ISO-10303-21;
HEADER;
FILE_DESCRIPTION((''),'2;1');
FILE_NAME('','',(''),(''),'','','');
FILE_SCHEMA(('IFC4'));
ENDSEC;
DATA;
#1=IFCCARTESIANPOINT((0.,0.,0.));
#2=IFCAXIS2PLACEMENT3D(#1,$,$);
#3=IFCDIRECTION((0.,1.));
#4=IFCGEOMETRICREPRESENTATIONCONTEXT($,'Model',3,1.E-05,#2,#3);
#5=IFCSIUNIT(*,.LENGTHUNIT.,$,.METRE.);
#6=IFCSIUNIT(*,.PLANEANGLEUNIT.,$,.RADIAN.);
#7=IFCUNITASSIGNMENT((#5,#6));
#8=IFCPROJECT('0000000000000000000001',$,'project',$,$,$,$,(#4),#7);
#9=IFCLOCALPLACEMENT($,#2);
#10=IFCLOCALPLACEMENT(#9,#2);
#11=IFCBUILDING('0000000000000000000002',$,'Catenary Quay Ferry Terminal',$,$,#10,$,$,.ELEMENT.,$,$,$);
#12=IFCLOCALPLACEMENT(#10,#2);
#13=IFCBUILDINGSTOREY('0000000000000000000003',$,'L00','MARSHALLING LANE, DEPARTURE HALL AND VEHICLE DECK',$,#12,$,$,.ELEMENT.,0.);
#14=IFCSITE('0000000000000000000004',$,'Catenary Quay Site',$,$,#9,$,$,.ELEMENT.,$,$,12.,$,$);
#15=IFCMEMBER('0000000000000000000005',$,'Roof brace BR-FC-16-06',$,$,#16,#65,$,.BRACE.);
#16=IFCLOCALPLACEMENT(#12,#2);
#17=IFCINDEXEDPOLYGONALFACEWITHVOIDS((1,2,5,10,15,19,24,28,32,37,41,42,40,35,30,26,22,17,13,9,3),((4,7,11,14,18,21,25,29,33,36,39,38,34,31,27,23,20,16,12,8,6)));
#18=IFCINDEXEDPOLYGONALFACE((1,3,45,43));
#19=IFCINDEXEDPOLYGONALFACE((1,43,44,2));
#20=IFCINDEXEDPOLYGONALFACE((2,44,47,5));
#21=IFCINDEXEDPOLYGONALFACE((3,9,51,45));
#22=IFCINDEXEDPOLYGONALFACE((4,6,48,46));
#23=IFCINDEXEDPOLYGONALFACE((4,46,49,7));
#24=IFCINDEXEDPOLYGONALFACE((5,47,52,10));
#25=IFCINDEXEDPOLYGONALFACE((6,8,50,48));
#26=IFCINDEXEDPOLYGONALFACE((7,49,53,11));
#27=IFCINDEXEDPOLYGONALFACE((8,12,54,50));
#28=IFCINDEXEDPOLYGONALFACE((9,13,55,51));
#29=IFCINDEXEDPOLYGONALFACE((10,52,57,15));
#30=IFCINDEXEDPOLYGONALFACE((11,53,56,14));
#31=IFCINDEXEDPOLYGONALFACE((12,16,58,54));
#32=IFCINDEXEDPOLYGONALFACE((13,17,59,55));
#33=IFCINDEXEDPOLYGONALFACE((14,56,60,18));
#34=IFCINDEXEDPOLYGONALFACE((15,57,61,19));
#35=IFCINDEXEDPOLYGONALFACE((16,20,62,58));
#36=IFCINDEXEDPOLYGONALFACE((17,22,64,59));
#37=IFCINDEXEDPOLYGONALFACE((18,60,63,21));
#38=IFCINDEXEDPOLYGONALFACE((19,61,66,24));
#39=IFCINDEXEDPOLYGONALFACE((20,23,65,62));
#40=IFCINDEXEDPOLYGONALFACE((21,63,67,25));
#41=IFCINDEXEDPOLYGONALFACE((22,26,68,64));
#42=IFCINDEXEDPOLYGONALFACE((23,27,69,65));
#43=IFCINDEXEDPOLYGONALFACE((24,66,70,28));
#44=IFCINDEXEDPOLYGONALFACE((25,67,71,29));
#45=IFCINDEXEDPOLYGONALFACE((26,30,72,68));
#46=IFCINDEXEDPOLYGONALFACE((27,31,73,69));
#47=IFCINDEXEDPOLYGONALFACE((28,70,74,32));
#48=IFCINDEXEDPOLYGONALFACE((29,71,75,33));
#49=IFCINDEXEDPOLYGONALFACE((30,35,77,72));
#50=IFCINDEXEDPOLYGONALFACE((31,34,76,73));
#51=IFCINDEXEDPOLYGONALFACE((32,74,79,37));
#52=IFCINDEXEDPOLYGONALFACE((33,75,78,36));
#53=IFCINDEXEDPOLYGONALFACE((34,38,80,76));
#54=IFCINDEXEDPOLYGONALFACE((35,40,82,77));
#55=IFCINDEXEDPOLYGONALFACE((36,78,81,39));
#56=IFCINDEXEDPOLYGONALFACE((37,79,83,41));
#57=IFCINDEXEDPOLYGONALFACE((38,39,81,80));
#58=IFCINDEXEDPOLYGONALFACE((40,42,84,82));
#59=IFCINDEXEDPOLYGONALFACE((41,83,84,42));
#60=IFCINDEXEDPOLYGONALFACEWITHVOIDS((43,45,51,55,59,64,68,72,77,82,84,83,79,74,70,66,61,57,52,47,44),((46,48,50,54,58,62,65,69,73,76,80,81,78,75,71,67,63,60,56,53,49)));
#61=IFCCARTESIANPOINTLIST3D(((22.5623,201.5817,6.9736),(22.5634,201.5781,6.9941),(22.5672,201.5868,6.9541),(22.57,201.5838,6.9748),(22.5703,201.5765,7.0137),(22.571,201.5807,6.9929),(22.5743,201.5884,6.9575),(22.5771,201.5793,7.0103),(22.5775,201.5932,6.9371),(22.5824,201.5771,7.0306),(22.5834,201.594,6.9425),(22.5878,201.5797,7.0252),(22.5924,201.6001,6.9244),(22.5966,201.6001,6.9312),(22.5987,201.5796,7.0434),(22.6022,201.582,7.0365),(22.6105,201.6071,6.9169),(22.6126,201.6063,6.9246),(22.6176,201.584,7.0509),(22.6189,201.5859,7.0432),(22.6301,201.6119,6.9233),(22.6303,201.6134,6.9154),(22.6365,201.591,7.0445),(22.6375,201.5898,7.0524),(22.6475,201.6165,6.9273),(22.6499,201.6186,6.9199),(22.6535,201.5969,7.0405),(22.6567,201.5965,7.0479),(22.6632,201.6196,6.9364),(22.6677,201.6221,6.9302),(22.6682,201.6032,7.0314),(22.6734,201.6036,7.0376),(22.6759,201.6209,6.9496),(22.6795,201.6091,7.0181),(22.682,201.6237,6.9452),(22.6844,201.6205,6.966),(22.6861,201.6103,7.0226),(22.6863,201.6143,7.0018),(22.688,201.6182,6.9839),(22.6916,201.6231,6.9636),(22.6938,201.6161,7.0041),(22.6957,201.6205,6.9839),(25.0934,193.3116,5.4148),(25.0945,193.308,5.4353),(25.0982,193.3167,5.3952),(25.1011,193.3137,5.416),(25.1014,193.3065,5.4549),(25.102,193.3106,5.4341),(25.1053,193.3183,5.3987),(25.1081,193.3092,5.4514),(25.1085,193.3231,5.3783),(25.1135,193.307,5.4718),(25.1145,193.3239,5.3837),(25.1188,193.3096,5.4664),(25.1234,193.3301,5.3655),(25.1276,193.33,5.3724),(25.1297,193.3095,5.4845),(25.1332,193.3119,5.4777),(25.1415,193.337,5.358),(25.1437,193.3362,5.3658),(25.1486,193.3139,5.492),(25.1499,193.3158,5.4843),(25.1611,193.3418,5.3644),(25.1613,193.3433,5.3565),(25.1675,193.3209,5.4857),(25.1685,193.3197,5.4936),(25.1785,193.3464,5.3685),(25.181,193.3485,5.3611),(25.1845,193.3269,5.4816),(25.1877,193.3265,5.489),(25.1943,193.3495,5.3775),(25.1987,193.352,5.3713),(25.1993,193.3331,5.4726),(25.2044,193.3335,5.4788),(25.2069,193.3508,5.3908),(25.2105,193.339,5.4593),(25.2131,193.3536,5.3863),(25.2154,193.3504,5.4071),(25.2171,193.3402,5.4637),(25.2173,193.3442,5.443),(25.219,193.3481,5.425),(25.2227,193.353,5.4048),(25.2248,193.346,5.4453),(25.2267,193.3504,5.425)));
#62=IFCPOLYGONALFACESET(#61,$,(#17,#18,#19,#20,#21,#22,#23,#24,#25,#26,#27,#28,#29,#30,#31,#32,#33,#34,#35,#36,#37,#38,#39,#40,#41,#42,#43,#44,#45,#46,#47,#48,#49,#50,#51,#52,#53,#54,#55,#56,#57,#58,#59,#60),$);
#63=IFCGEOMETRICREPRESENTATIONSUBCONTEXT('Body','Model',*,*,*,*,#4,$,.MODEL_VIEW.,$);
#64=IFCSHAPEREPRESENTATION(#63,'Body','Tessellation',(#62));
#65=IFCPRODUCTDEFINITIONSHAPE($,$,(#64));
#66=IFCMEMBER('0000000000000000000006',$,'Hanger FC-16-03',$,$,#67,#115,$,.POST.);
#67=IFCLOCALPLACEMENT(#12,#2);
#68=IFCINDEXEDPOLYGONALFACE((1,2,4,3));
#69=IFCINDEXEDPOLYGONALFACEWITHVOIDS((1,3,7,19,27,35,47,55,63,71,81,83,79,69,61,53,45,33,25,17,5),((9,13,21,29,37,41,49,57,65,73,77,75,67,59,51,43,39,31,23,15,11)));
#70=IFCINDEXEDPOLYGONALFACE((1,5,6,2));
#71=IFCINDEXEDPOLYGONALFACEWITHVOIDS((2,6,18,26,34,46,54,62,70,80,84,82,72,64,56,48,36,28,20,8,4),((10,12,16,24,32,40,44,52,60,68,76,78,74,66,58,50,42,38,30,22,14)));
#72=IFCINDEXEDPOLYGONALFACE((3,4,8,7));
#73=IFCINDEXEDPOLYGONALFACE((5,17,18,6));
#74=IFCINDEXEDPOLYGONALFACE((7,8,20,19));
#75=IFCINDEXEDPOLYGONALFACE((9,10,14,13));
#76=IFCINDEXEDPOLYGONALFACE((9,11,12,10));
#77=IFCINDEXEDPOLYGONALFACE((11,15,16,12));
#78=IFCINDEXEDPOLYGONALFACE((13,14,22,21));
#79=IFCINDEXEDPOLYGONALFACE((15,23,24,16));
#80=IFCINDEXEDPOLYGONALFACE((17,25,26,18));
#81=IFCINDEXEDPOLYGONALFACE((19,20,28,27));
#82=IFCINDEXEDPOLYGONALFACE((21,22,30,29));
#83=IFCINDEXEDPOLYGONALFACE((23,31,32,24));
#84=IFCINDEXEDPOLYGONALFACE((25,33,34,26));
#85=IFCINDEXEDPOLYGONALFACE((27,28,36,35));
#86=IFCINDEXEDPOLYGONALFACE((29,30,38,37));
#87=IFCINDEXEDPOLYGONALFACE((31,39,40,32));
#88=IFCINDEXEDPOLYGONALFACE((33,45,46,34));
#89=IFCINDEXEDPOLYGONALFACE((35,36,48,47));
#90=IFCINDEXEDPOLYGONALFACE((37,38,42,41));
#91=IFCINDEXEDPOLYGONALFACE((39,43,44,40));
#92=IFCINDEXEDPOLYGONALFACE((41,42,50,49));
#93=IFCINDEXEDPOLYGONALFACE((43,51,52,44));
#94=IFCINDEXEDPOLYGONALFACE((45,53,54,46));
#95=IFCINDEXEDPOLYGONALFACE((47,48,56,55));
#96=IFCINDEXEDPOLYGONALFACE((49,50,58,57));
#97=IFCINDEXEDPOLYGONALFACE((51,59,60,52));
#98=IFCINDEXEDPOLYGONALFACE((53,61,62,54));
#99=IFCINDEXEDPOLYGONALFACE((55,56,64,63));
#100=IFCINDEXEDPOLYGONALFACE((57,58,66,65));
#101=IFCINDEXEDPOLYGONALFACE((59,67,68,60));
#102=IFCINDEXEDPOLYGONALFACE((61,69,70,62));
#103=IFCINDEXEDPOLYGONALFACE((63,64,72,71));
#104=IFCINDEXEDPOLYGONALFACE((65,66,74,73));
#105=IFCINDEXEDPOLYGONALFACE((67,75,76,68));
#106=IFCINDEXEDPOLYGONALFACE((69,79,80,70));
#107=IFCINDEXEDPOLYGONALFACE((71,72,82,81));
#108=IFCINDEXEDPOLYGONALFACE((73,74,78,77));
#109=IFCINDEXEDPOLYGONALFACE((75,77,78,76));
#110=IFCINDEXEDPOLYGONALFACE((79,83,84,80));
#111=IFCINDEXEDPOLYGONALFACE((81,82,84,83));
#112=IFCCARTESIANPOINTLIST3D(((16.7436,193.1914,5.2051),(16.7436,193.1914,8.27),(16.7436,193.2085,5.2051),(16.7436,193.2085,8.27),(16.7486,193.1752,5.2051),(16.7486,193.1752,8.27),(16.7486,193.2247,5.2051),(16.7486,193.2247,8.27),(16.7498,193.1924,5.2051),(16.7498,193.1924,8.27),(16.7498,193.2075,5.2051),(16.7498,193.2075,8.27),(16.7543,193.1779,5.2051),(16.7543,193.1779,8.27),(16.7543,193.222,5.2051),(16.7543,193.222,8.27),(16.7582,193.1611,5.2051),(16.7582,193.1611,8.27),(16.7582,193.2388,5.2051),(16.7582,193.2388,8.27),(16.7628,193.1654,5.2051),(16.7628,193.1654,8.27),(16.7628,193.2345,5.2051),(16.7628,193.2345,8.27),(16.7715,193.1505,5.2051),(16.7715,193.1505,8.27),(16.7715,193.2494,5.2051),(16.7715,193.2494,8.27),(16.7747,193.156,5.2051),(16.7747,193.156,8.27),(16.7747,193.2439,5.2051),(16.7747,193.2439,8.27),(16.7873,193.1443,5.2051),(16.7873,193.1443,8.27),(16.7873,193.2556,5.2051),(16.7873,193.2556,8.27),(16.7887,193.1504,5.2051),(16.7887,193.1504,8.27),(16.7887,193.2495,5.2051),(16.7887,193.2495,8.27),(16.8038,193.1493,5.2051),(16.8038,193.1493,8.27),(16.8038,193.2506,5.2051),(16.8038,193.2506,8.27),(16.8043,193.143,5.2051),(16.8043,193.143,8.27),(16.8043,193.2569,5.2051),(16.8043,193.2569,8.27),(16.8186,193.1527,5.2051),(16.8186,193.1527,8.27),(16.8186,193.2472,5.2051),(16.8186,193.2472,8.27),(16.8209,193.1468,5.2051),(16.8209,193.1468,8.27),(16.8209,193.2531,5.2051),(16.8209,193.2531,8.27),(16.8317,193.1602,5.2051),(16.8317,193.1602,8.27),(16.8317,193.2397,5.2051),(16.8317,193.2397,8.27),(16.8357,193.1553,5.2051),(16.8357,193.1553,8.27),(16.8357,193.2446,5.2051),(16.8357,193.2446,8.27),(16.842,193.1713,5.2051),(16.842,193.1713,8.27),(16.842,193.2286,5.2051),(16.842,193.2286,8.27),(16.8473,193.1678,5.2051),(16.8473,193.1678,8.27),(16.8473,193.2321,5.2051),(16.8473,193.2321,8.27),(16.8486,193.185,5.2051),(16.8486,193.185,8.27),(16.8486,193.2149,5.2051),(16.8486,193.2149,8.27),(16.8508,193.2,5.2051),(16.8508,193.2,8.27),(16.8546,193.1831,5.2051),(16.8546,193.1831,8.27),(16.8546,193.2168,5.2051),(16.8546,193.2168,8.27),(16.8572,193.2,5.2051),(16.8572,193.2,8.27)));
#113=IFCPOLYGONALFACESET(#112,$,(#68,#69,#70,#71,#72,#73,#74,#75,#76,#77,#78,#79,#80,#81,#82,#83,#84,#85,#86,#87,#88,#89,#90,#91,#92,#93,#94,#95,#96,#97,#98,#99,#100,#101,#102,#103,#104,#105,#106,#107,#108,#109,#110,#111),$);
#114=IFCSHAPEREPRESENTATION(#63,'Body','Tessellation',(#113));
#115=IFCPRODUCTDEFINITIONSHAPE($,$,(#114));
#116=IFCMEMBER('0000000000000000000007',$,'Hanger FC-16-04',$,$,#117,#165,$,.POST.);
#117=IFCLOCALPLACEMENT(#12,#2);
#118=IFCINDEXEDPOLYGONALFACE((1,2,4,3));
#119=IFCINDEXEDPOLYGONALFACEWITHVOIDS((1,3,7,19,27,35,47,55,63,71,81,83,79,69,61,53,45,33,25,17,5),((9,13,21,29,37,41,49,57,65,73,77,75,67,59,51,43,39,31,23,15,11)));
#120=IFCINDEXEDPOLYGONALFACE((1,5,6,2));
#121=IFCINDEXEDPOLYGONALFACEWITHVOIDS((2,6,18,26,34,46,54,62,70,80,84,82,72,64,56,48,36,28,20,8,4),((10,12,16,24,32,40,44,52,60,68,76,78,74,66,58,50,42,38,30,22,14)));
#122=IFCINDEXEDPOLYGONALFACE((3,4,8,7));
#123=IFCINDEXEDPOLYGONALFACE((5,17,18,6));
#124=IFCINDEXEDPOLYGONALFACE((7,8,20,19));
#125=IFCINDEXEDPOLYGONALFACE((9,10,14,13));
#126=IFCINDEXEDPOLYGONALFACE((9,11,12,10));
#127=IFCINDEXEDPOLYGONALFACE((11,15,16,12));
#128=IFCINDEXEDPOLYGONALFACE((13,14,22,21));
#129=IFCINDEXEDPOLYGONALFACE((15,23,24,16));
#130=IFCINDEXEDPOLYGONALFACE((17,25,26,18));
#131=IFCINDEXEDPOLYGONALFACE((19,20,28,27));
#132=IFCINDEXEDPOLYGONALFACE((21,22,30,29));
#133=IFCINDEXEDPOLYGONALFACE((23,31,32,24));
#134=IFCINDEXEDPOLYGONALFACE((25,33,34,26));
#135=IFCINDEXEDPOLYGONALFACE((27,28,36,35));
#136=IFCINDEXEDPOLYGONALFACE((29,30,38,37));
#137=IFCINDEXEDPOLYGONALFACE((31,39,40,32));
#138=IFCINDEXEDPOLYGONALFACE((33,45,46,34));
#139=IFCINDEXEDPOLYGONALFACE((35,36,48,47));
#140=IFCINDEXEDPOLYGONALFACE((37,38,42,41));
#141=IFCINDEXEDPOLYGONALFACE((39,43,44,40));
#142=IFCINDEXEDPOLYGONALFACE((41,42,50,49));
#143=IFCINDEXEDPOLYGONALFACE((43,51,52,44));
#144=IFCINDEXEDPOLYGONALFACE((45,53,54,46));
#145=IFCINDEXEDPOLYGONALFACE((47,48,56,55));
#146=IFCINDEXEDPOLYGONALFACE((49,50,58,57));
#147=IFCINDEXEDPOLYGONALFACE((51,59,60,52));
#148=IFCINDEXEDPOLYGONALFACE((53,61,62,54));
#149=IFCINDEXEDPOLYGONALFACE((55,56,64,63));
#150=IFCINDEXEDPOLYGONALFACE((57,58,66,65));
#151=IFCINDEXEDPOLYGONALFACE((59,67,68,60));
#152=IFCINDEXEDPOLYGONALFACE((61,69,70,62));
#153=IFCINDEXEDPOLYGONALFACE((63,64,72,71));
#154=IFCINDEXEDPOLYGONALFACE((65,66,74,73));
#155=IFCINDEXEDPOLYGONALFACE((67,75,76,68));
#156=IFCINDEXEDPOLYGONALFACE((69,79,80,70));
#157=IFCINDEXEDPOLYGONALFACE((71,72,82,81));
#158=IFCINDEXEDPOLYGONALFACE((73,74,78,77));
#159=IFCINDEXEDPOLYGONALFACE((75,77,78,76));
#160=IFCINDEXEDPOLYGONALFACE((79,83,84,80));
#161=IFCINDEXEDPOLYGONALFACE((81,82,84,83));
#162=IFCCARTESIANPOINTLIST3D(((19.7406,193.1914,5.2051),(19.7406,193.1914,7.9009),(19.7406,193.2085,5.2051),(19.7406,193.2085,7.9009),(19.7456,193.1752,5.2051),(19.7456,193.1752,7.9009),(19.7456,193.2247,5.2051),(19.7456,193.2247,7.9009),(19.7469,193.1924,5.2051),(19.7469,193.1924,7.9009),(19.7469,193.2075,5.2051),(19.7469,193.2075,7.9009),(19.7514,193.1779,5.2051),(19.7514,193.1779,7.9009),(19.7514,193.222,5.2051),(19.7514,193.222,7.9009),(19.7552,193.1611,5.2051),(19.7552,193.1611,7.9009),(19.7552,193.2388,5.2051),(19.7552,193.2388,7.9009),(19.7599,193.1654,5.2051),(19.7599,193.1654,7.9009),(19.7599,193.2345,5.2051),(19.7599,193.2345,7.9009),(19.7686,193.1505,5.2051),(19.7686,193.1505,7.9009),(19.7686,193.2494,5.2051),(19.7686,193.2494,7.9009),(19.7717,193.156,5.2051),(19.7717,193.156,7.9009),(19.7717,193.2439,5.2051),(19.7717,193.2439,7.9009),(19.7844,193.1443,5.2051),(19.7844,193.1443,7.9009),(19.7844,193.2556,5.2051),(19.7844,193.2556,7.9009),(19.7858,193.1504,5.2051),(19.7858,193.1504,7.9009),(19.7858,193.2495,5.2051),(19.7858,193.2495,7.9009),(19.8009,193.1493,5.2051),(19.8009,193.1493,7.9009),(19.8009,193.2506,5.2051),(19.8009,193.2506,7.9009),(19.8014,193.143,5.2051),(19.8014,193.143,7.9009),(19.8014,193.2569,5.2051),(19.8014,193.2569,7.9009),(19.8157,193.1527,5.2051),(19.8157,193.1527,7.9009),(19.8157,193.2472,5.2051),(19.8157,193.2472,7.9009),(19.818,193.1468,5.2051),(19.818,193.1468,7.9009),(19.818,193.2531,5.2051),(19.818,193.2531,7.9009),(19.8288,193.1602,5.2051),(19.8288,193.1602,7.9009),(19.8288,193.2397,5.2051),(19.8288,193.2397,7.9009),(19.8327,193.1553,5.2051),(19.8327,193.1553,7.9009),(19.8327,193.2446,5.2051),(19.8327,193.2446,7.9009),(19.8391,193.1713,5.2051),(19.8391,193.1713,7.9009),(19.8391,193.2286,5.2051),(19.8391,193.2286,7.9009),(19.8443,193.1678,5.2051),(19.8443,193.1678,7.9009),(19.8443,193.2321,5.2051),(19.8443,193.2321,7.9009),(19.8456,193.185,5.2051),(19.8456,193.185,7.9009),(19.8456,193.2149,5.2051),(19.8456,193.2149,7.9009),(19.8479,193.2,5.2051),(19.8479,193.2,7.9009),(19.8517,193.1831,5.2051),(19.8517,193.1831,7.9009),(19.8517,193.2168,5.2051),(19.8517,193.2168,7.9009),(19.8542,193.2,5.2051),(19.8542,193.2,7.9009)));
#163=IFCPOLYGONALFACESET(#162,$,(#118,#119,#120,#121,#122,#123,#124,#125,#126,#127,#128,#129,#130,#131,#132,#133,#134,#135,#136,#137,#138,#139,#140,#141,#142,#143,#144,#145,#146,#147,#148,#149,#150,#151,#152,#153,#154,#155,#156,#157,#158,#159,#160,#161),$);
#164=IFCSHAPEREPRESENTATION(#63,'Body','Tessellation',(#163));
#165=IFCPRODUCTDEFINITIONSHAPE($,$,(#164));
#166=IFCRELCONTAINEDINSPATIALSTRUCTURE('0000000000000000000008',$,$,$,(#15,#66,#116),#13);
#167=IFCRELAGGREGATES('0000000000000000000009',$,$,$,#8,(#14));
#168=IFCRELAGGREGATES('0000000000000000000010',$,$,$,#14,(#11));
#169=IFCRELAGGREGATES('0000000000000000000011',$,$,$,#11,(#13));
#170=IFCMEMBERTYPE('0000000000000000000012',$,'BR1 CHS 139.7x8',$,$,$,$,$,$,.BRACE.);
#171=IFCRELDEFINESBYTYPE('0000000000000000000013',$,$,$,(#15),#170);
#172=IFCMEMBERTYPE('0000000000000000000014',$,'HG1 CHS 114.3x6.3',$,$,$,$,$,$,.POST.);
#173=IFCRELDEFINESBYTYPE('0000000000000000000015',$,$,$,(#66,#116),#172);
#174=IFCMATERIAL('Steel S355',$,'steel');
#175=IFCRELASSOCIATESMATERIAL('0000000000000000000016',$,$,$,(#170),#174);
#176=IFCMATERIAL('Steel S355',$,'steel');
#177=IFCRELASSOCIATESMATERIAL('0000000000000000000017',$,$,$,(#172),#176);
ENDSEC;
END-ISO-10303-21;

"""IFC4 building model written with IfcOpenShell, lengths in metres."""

from ifc_helpers import new_model, si_unit, direction, frame, origin, origin_2d, place, context, subcontext, project, spatial, hollow_circle, extrude, material, material_profile, profile_set, type_object, element, save


model = new_model("IFC4")

# Units and contexts
model_context = context("Model", 3, precision=1e-05, world=origin(), true_north=direction((0.0, 1.0)))
body_context = subcontext(model_context, "Body", "Model", "MODEL_VIEW")
ifc_project = project(units=[si_unit("LENGTHUNIT", "METRE"), si_unit("PLANEANGLEUNIT", "RADIAN")], contexts=[model_context])

# Site, building, storey
site_placement = place(None, origin())
site = spatial("IfcSite", under=ifc_project, at=site_placement, Name="Catenary Quay Site", CompositionType="ELEMENT", RefElevation=12.0)
building_placement = place(site_placement, origin())
building = spatial("IfcBuilding", under=site, at=building_placement, Name="Catenary Quay Ferry Terminal", CompositionType="ELEMENT")
storey_placement = place(building_placement, origin())
storey = spatial("IfcBuildingStorey", under=building, at=storey_placement, Name="L00", Description="MARSHALLING LANE, DEPARTURE HALL AND VEHICLE DECK", CompositionType="ELEMENT", Elevation=0.0)

# Members
ifc_material_1 = material(Name="Steel S355", Category="steel")
ifc_material_profile_1 = material_profile(ifc_material_1, hollow_circle(Radius=0.0698, WallThickness=0.0081, at=origin_2d()), Name="CHS 139.7x8")
ifc_profile_set_1 = profile_set([ifc_material_profile_1], Name="Steel S355")
member_type_1 = type_object("IfcMemberType", Name="BR1 CHS 139.7x8", PredefinedType="BRACE", material=ifc_profile_set_1)
member_1_placement = place(storey_placement, frame((22.6289, 201.6001, 6.9839), z_axis=(0.288007, -0.941057, -0.177382), x_axis=(0.95622, 0.292647, 0.0)))
element("IfcMember", 1, at=member_1_placement, inside=storey, type_object=member_type_1, Name="Roof brace BR-FC-16-06", PredefinedType="BRACE", context=body_context, shape_type="SweptSolid", body=[
    extrude(hollow_circle(Radius=0.0698, WallThickness=0.0081, at=origin_2d()), origin(), (0.0, 0.0, 1.0), 8.7881),
])
ifc_material_2 = material(Name="Steel S355", Category="steel")
ifc_material_profile_2 = material_profile(ifc_material_2, hollow_circle(Radius=0.0571, WallThickness=0.0063, at=origin_2d()), Name="CHS 114.3x6.3")
ifc_profile_set_2 = profile_set([ifc_material_profile_2], Name="Steel S355")
member_type_2 = type_object("IfcMemberType", Name="HG1 CHS 114.3x6.3", PredefinedType="POST", material=ifc_profile_set_2)
member_2_placement = place(storey_placement, frame((16.8, 193.2, 5.2051), z_axis=(0.0, 0.0, 1.0), x_axis=(1.0, 0.0, 0.0)))
element("IfcMember", 2, at=member_2_placement, inside=storey, type_object=member_type_2, Name="Hanger FC-16-03", PredefinedType="POST", context=body_context, shape_type="SweptSolid", body=[
    extrude(hollow_circle(Radius=0.0571, WallThickness=0.0063, at=origin_2d()), origin(), (0.0, 0.0, 1.0), 3.0649),
])
member_3_placement = place(storey_placement, frame((19.7971, 193.2, 5.2051), z_axis=(0.0, 0.0, 1.0), x_axis=(1.0, 0.0, 0.0)))
element("IfcMember", 3, at=member_3_placement, inside=storey, type_object=member_type_2, Name="Hanger FC-16-04", PredefinedType="POST", context=body_context, shape_type="SweptSolid", body=[
    extrude(hollow_circle(Radius=0.0571, WallThickness=0.0063, at=origin_2d()), origin(), (0.0, 0.0, 1.0), 2.6958),
])

save(model, "model.ifc")
